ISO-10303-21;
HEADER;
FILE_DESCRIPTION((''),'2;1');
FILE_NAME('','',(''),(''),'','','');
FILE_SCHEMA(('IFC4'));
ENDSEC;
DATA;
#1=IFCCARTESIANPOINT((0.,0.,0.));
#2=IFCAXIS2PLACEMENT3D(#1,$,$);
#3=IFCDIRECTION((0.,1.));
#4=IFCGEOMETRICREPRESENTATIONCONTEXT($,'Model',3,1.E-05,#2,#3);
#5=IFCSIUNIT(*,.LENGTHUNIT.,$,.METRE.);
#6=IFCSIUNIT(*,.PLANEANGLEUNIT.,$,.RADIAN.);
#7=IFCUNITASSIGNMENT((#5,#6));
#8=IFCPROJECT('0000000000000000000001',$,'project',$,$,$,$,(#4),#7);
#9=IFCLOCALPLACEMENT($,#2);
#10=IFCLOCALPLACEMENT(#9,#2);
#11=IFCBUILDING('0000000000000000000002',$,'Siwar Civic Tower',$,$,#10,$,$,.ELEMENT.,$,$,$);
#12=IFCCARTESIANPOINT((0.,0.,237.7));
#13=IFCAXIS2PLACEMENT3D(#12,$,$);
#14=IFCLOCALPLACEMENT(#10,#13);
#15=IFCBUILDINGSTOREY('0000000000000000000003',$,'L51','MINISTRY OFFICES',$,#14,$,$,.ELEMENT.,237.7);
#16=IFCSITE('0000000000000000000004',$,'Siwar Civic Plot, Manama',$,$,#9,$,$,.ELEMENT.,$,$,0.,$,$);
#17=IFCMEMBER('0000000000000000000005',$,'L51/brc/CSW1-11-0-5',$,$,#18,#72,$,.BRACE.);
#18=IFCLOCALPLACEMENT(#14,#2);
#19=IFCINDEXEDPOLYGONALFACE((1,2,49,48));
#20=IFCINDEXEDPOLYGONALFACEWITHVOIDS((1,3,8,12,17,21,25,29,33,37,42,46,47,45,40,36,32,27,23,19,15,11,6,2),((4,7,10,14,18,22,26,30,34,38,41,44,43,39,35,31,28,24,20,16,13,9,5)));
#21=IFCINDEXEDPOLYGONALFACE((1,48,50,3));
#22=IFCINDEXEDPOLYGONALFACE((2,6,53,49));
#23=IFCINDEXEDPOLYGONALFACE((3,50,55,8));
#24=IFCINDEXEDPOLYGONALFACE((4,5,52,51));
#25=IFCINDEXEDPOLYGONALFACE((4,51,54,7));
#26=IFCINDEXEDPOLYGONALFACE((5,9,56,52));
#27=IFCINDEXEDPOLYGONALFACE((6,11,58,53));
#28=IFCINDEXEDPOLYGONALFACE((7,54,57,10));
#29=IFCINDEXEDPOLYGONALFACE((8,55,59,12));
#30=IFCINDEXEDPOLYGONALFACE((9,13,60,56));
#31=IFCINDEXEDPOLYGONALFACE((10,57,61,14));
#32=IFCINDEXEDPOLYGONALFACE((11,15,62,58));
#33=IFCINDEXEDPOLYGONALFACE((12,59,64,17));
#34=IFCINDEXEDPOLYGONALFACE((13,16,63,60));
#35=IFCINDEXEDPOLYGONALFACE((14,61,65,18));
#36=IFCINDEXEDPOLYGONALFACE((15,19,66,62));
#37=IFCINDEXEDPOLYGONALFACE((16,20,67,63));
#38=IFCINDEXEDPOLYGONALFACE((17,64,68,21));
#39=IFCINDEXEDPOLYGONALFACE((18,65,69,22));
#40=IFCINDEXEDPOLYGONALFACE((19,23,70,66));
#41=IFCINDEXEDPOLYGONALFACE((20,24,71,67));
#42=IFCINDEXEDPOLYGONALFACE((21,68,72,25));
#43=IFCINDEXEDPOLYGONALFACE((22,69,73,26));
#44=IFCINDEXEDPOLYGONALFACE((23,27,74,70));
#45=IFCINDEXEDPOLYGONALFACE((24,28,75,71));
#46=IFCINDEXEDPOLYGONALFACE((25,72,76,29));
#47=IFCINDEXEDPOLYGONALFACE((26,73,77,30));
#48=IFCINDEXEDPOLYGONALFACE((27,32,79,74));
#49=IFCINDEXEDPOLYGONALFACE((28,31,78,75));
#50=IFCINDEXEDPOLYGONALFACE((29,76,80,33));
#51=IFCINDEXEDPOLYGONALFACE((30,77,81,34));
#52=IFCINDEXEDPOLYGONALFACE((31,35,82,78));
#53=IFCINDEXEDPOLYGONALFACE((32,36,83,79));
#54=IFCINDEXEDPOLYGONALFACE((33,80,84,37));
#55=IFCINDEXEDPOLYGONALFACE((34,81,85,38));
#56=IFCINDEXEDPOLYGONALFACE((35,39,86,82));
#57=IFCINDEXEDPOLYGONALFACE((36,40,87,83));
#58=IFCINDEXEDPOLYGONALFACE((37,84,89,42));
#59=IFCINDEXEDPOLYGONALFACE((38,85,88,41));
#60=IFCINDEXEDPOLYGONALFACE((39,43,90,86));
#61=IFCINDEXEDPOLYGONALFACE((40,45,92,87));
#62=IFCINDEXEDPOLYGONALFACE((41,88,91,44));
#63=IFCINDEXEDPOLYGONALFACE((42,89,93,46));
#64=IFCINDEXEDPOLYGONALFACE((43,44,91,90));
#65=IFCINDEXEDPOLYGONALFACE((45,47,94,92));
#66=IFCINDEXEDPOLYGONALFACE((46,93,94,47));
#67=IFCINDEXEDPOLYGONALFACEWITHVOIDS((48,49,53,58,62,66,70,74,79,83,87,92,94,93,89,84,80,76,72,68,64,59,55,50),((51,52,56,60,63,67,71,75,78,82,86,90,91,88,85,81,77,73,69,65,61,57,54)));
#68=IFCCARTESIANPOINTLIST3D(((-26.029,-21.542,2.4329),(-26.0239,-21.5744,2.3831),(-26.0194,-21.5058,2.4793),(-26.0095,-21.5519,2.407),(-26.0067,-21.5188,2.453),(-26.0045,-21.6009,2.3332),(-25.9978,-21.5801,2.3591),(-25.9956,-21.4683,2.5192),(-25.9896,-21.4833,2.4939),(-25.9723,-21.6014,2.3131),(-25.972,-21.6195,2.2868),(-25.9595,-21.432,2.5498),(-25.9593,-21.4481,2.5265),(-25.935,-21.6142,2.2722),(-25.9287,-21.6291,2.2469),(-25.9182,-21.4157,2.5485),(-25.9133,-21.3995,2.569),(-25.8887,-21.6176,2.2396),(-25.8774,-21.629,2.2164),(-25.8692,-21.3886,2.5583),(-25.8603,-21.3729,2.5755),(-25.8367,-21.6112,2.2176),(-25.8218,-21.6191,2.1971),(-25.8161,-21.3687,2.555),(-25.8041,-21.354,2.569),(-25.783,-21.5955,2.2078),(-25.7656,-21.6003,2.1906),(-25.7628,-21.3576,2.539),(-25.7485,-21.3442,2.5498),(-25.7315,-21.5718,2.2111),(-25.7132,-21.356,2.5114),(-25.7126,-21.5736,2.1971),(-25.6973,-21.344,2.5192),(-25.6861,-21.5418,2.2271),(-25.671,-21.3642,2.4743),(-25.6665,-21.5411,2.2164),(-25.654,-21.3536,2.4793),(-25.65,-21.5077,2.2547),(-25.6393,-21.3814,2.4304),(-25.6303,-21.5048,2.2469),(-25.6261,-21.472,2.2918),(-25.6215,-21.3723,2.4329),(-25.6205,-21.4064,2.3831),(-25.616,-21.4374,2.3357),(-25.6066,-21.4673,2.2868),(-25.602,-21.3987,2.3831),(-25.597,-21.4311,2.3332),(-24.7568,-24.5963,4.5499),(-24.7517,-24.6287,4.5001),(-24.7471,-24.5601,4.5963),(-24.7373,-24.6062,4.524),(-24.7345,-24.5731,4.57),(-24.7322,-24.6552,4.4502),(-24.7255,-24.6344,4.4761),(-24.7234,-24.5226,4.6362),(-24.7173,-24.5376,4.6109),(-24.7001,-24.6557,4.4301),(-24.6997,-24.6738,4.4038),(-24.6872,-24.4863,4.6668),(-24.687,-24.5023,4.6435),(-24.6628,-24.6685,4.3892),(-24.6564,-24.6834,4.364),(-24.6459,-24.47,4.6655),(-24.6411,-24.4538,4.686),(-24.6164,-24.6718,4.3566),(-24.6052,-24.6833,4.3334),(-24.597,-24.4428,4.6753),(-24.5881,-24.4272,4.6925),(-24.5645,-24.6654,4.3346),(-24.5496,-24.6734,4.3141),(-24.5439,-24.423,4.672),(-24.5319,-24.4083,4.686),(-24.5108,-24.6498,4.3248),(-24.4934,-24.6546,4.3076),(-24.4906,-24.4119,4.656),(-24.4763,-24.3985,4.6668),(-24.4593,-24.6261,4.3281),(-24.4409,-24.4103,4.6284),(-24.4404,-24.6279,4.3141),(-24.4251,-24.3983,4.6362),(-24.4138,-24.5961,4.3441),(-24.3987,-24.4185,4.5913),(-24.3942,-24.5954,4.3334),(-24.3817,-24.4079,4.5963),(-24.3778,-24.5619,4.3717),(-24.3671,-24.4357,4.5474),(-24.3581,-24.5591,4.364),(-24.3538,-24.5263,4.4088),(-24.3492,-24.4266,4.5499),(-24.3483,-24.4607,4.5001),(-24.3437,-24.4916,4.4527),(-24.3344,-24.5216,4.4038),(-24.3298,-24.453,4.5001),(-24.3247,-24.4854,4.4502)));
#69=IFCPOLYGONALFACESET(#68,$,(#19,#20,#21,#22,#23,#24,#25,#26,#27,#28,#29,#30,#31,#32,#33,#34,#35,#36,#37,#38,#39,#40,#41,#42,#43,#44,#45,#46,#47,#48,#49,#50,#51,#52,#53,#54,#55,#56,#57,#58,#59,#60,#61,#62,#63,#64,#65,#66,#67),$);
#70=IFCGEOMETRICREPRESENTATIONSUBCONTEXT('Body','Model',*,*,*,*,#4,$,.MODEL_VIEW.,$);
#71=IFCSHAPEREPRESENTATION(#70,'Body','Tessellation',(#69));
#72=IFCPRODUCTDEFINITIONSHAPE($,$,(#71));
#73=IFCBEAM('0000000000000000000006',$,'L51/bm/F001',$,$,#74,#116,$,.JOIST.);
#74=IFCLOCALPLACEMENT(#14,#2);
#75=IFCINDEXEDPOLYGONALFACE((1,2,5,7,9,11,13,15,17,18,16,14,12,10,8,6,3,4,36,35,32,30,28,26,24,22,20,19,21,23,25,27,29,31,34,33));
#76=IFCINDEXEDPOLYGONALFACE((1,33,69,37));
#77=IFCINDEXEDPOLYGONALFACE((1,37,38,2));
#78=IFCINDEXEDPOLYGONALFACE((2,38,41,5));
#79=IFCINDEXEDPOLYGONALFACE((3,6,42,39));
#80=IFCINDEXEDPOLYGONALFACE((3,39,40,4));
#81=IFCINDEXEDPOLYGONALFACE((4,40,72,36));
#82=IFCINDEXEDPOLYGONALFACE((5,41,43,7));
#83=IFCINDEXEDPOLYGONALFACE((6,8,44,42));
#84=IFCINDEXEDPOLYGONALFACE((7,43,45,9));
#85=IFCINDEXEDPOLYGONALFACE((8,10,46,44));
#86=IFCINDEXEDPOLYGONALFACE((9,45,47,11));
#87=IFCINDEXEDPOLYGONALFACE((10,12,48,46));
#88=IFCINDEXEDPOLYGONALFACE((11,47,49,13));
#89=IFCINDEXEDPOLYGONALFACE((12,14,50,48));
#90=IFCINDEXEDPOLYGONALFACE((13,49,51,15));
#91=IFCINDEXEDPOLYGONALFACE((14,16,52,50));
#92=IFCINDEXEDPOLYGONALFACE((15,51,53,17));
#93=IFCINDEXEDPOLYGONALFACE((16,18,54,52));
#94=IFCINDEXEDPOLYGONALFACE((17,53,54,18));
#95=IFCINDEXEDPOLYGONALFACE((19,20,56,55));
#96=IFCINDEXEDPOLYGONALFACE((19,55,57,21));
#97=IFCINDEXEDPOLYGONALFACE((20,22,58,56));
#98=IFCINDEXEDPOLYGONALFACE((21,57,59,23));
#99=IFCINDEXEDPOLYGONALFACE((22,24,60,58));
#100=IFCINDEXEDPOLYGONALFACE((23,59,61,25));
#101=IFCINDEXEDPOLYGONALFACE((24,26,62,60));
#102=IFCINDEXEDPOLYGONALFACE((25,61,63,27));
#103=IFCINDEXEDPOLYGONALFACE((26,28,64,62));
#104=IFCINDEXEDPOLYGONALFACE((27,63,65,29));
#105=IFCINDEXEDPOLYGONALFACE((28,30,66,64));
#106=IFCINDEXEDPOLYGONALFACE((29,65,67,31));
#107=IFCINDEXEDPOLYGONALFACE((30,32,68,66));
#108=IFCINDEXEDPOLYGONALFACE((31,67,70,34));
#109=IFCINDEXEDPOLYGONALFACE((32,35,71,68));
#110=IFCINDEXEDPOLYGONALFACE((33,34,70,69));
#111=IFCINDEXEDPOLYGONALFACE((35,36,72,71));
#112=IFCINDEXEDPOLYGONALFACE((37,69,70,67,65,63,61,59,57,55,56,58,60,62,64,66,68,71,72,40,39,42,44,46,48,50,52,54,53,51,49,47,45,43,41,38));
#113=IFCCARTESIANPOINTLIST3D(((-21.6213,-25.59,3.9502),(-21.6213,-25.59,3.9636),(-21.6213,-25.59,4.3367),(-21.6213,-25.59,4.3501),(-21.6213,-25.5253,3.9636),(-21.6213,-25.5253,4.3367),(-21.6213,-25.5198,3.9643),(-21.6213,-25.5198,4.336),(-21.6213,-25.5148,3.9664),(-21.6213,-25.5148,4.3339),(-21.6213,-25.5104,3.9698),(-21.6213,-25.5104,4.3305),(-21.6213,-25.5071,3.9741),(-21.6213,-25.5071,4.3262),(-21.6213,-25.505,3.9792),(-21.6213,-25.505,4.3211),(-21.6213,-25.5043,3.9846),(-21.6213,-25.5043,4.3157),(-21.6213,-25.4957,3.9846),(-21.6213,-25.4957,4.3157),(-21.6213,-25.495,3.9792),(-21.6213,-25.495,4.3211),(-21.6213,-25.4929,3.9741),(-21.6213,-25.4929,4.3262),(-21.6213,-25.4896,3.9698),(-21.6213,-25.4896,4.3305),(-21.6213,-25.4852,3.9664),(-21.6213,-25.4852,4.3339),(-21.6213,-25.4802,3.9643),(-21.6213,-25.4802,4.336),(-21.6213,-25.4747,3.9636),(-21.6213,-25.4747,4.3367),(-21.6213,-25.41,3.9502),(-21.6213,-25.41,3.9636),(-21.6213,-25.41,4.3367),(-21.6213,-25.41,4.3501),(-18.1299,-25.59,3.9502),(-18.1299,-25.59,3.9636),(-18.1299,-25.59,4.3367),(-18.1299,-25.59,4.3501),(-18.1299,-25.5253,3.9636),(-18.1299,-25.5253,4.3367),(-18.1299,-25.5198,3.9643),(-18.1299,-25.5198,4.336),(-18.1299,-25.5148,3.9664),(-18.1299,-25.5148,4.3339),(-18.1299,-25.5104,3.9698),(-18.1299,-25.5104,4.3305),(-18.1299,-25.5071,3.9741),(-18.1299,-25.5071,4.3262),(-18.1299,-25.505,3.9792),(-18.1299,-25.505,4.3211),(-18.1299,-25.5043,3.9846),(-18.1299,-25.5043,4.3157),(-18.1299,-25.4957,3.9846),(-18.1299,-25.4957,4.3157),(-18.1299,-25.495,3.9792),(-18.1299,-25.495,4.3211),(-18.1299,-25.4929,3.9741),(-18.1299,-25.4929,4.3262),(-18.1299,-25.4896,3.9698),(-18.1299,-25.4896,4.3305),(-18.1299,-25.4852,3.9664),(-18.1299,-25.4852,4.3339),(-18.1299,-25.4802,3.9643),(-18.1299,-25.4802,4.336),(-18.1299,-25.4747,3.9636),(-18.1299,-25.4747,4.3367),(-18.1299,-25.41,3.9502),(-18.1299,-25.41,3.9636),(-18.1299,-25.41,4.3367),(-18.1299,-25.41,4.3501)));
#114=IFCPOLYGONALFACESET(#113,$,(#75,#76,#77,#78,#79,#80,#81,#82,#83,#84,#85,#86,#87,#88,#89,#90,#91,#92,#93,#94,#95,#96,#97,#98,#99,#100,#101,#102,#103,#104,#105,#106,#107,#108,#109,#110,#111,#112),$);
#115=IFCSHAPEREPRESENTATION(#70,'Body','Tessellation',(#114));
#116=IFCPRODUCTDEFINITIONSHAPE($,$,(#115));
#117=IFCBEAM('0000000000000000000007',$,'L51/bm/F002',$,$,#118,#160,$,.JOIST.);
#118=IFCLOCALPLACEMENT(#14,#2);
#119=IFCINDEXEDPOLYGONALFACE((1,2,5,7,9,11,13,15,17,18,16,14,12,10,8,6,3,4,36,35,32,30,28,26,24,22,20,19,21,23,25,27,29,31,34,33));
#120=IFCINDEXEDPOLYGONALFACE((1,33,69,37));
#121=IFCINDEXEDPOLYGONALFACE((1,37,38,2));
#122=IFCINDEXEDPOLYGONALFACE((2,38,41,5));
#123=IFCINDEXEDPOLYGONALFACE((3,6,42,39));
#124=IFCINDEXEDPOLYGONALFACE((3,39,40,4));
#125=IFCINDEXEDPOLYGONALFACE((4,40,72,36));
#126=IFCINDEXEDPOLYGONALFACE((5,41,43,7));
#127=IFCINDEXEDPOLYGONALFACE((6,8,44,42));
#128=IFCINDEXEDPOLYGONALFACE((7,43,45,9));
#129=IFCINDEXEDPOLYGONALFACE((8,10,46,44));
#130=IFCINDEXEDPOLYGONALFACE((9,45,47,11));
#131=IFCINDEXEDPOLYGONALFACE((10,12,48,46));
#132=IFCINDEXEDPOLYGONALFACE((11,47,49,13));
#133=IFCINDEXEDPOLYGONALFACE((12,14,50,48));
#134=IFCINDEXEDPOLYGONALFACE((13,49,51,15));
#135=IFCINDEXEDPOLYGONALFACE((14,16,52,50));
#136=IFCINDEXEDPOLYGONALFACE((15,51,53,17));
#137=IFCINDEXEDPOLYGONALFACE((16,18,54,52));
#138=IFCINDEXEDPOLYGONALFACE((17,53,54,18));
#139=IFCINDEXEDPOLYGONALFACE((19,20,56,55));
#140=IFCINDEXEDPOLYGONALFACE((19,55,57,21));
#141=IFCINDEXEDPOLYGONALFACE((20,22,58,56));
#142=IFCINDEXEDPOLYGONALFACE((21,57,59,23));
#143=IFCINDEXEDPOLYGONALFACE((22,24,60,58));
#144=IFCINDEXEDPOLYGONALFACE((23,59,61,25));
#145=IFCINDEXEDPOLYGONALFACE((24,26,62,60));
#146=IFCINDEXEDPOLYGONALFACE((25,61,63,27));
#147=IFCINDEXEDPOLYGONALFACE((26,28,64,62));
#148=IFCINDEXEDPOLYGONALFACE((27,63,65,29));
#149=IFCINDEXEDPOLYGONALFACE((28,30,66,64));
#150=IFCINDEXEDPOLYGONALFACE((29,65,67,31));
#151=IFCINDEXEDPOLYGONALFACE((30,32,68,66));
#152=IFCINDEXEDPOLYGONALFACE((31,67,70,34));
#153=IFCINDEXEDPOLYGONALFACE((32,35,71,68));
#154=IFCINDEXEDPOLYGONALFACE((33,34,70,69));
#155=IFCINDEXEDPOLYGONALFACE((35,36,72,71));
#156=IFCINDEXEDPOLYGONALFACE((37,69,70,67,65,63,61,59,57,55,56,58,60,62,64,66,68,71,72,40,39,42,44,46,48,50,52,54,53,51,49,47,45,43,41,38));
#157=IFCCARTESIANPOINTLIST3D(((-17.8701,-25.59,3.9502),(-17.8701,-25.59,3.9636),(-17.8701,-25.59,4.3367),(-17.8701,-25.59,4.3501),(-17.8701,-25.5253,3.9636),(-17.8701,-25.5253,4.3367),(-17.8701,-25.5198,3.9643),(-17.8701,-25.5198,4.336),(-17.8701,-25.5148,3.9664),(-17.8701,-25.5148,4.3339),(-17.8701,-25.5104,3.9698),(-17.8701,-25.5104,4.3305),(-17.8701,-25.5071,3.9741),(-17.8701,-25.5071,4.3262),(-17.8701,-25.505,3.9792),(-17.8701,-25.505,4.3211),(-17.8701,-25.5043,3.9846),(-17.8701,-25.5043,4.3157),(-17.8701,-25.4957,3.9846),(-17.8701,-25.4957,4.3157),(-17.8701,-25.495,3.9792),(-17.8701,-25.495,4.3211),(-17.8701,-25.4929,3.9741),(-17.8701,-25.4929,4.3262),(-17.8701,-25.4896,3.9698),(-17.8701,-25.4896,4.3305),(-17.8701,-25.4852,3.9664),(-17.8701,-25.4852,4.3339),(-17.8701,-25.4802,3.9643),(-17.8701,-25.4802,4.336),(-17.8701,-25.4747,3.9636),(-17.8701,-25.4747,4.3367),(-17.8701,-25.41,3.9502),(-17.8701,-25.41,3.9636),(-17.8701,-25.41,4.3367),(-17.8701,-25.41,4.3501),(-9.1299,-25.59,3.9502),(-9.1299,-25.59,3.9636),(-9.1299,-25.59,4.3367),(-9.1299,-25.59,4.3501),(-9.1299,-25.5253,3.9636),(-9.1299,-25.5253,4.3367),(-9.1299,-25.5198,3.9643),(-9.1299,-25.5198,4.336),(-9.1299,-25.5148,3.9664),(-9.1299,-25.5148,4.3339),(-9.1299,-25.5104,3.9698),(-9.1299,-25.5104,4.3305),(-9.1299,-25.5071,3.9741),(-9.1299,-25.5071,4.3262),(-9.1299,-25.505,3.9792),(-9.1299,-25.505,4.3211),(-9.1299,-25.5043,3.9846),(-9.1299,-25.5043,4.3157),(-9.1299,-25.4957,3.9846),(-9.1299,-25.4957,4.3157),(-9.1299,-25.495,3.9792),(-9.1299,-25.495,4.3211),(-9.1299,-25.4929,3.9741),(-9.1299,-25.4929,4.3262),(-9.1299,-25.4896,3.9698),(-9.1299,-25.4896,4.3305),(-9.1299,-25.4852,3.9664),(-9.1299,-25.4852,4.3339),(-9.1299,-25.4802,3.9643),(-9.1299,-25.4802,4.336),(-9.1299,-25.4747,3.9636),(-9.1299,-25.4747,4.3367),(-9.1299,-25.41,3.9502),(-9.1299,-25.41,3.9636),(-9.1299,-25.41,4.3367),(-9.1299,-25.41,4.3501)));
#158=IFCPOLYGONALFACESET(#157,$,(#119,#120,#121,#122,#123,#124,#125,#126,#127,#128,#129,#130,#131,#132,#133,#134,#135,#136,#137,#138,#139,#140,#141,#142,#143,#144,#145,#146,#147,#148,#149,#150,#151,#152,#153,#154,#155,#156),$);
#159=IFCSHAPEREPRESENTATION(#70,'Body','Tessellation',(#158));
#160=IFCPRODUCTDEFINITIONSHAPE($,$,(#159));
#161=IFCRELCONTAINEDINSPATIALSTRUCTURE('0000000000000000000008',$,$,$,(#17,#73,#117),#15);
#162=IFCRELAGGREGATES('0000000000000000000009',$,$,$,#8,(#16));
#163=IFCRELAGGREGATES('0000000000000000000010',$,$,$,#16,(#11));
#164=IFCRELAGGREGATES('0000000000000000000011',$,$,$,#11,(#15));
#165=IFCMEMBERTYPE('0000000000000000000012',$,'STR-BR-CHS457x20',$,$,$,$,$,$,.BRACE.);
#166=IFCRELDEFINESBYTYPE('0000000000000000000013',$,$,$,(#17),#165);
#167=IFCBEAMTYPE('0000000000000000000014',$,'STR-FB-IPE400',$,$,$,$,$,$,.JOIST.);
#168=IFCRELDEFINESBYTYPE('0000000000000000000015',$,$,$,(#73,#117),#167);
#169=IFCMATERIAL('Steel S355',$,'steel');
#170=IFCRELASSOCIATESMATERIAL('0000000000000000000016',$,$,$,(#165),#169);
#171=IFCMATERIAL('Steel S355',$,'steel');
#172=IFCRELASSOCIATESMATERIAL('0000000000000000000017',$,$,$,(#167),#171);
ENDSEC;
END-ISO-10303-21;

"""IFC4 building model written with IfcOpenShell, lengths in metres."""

from ifc_helpers import new_model, si_unit, direction, frame, origin, origin_2d, place, context, subcontext, project, spatial, hollow_circle, i_section, extrude, material, material_profile, profile_set, type_object, element, save


model = new_model("IFC4")

# Units and contexts
model_context = context("Model", 3, precision=1e-05, world=origin(), true_north=direction((0.0, 1.0)))
body_context = subcontext(model_context, "Body", "Model", "MODEL_VIEW")
ifc_project = project(units=[si_unit("LENGTHUNIT", "METRE"), si_unit("PLANEANGLEUNIT", "RADIAN")], contexts=[model_context])

# Site, building, storey
site_placement = place(None, origin())
site = spatial("IfcSite", under=ifc_project, at=site_placement, Name="Siwar Civic Plot, Manama", CompositionType="ELEMENT", RefElevation=0.0)
building_placement = place(site_placement, origin())
building = spatial("IfcBuilding", under=site, at=building_placement, Name="Siwar Civic Tower", CompositionType="ELEMENT")
storey_placement = place(building_placement, frame((0.0, 0.0, 237.7)))
storey = spatial("IfcBuildingStorey", under=building, at=storey_placement, Name="L51", Description="MINISTRY OFFICES", CompositionType="ELEMENT", Elevation=237.7)

# Member
ifc_material_1 = material(Name="Steel S355", Category="steel")
ifc_material_profile_1 = material_profile(ifc_material_1, hollow_circle(Radius=0.2285, WallThickness=0.02, at=origin_2d()), Name="CHS457x20")
ifc_profile_set_1 = profile_set([ifc_material_profile_1], Name="Steel S355")
member_type_1 = type_object("IfcMemberType", Name="STR-BR-CHS457x20", PredefinedType="BRACE", material=ifc_profile_set_1)
for number, where, z_axis, x_axis, name in (
    (1, (-25.813, -21.4866, 2.3831), (0.323895, -0.777572, 0.538955), (0.923116, 0.384521, 0.0), "L51/brc/CSW1-11-0-5"),
):
    element("IfcMember", number, at=place(storey_placement, frame(where, z_axis=z_axis, x_axis=x_axis)), inside=storey, type_object=member_type_1, Name=name, PredefinedType="BRACE", context=body_context, shape_type="SweptSolid", body=[
        extrude(hollow_circle(Radius=0.2285, WallThickness=0.02, at=origin_2d()), origin(), (0.0, 0.0, 1.0), 3.928),
    ])

# Beams
ifc_material_2 = material(Name="Steel S355", Category="steel")
ifc_material_profile_2 = material_profile(ifc_material_2, i_section(OverallWidth=0.1799, OverallDepth=0.3999, WebThickness=0.0085, FlangeThickness=0.0134, FilletRadius=0.021, at=origin_2d()), Name="IPE400")
ifc_profile_set_2 = profile_set([ifc_material_profile_2], Name="Steel S355")
beam_type_1 = type_object("IfcBeamType", Name="STR-FB-IPE400", PredefinedType="JOIST", material=ifc_profile_set_2)
beam_1_placement = place(storey_placement, frame((-21.6213, -25.5, 4.1501), z_axis=(1.0, 0.0, 0.0), x_axis=(0.0, 1.0, 0.0)))
element("IfcBeam", 2, at=beam_1_placement, inside=storey, type_object=beam_type_1, Name="L51/bm/F001", PredefinedType="JOIST", context=body_context, shape_type="SweptSolid", body=[
    extrude(i_section(OverallWidth=0.1799, OverallDepth=0.3999, WebThickness=0.0085, FlangeThickness=0.0134, FilletRadius=0.021, at=origin_2d()), origin(), (0.0, 0.0, 1.0), 3.4915),
])
beam_2_placement = place(storey_placement, frame((-17.8701, -25.5, 4.1501), z_axis=(1.0, 0.0, 0.0), x_axis=(0.0, 1.0, 0.0)))
element("IfcBeam", 3, at=beam_2_placement, inside=storey, type_object=beam_type_1, Name="L51/bm/F002", PredefinedType="JOIST", context=body_context, shape_type="SweptSolid", body=[
    extrude(i_section(OverallWidth=0.1799, OverallDepth=0.3999, WebThickness=0.0085, FlangeThickness=0.0134, FilletRadius=0.021, at=origin_2d()), origin(), (0.0, 0.0, 1.0), 8.7402),
])

save(model, "model.ifc")
